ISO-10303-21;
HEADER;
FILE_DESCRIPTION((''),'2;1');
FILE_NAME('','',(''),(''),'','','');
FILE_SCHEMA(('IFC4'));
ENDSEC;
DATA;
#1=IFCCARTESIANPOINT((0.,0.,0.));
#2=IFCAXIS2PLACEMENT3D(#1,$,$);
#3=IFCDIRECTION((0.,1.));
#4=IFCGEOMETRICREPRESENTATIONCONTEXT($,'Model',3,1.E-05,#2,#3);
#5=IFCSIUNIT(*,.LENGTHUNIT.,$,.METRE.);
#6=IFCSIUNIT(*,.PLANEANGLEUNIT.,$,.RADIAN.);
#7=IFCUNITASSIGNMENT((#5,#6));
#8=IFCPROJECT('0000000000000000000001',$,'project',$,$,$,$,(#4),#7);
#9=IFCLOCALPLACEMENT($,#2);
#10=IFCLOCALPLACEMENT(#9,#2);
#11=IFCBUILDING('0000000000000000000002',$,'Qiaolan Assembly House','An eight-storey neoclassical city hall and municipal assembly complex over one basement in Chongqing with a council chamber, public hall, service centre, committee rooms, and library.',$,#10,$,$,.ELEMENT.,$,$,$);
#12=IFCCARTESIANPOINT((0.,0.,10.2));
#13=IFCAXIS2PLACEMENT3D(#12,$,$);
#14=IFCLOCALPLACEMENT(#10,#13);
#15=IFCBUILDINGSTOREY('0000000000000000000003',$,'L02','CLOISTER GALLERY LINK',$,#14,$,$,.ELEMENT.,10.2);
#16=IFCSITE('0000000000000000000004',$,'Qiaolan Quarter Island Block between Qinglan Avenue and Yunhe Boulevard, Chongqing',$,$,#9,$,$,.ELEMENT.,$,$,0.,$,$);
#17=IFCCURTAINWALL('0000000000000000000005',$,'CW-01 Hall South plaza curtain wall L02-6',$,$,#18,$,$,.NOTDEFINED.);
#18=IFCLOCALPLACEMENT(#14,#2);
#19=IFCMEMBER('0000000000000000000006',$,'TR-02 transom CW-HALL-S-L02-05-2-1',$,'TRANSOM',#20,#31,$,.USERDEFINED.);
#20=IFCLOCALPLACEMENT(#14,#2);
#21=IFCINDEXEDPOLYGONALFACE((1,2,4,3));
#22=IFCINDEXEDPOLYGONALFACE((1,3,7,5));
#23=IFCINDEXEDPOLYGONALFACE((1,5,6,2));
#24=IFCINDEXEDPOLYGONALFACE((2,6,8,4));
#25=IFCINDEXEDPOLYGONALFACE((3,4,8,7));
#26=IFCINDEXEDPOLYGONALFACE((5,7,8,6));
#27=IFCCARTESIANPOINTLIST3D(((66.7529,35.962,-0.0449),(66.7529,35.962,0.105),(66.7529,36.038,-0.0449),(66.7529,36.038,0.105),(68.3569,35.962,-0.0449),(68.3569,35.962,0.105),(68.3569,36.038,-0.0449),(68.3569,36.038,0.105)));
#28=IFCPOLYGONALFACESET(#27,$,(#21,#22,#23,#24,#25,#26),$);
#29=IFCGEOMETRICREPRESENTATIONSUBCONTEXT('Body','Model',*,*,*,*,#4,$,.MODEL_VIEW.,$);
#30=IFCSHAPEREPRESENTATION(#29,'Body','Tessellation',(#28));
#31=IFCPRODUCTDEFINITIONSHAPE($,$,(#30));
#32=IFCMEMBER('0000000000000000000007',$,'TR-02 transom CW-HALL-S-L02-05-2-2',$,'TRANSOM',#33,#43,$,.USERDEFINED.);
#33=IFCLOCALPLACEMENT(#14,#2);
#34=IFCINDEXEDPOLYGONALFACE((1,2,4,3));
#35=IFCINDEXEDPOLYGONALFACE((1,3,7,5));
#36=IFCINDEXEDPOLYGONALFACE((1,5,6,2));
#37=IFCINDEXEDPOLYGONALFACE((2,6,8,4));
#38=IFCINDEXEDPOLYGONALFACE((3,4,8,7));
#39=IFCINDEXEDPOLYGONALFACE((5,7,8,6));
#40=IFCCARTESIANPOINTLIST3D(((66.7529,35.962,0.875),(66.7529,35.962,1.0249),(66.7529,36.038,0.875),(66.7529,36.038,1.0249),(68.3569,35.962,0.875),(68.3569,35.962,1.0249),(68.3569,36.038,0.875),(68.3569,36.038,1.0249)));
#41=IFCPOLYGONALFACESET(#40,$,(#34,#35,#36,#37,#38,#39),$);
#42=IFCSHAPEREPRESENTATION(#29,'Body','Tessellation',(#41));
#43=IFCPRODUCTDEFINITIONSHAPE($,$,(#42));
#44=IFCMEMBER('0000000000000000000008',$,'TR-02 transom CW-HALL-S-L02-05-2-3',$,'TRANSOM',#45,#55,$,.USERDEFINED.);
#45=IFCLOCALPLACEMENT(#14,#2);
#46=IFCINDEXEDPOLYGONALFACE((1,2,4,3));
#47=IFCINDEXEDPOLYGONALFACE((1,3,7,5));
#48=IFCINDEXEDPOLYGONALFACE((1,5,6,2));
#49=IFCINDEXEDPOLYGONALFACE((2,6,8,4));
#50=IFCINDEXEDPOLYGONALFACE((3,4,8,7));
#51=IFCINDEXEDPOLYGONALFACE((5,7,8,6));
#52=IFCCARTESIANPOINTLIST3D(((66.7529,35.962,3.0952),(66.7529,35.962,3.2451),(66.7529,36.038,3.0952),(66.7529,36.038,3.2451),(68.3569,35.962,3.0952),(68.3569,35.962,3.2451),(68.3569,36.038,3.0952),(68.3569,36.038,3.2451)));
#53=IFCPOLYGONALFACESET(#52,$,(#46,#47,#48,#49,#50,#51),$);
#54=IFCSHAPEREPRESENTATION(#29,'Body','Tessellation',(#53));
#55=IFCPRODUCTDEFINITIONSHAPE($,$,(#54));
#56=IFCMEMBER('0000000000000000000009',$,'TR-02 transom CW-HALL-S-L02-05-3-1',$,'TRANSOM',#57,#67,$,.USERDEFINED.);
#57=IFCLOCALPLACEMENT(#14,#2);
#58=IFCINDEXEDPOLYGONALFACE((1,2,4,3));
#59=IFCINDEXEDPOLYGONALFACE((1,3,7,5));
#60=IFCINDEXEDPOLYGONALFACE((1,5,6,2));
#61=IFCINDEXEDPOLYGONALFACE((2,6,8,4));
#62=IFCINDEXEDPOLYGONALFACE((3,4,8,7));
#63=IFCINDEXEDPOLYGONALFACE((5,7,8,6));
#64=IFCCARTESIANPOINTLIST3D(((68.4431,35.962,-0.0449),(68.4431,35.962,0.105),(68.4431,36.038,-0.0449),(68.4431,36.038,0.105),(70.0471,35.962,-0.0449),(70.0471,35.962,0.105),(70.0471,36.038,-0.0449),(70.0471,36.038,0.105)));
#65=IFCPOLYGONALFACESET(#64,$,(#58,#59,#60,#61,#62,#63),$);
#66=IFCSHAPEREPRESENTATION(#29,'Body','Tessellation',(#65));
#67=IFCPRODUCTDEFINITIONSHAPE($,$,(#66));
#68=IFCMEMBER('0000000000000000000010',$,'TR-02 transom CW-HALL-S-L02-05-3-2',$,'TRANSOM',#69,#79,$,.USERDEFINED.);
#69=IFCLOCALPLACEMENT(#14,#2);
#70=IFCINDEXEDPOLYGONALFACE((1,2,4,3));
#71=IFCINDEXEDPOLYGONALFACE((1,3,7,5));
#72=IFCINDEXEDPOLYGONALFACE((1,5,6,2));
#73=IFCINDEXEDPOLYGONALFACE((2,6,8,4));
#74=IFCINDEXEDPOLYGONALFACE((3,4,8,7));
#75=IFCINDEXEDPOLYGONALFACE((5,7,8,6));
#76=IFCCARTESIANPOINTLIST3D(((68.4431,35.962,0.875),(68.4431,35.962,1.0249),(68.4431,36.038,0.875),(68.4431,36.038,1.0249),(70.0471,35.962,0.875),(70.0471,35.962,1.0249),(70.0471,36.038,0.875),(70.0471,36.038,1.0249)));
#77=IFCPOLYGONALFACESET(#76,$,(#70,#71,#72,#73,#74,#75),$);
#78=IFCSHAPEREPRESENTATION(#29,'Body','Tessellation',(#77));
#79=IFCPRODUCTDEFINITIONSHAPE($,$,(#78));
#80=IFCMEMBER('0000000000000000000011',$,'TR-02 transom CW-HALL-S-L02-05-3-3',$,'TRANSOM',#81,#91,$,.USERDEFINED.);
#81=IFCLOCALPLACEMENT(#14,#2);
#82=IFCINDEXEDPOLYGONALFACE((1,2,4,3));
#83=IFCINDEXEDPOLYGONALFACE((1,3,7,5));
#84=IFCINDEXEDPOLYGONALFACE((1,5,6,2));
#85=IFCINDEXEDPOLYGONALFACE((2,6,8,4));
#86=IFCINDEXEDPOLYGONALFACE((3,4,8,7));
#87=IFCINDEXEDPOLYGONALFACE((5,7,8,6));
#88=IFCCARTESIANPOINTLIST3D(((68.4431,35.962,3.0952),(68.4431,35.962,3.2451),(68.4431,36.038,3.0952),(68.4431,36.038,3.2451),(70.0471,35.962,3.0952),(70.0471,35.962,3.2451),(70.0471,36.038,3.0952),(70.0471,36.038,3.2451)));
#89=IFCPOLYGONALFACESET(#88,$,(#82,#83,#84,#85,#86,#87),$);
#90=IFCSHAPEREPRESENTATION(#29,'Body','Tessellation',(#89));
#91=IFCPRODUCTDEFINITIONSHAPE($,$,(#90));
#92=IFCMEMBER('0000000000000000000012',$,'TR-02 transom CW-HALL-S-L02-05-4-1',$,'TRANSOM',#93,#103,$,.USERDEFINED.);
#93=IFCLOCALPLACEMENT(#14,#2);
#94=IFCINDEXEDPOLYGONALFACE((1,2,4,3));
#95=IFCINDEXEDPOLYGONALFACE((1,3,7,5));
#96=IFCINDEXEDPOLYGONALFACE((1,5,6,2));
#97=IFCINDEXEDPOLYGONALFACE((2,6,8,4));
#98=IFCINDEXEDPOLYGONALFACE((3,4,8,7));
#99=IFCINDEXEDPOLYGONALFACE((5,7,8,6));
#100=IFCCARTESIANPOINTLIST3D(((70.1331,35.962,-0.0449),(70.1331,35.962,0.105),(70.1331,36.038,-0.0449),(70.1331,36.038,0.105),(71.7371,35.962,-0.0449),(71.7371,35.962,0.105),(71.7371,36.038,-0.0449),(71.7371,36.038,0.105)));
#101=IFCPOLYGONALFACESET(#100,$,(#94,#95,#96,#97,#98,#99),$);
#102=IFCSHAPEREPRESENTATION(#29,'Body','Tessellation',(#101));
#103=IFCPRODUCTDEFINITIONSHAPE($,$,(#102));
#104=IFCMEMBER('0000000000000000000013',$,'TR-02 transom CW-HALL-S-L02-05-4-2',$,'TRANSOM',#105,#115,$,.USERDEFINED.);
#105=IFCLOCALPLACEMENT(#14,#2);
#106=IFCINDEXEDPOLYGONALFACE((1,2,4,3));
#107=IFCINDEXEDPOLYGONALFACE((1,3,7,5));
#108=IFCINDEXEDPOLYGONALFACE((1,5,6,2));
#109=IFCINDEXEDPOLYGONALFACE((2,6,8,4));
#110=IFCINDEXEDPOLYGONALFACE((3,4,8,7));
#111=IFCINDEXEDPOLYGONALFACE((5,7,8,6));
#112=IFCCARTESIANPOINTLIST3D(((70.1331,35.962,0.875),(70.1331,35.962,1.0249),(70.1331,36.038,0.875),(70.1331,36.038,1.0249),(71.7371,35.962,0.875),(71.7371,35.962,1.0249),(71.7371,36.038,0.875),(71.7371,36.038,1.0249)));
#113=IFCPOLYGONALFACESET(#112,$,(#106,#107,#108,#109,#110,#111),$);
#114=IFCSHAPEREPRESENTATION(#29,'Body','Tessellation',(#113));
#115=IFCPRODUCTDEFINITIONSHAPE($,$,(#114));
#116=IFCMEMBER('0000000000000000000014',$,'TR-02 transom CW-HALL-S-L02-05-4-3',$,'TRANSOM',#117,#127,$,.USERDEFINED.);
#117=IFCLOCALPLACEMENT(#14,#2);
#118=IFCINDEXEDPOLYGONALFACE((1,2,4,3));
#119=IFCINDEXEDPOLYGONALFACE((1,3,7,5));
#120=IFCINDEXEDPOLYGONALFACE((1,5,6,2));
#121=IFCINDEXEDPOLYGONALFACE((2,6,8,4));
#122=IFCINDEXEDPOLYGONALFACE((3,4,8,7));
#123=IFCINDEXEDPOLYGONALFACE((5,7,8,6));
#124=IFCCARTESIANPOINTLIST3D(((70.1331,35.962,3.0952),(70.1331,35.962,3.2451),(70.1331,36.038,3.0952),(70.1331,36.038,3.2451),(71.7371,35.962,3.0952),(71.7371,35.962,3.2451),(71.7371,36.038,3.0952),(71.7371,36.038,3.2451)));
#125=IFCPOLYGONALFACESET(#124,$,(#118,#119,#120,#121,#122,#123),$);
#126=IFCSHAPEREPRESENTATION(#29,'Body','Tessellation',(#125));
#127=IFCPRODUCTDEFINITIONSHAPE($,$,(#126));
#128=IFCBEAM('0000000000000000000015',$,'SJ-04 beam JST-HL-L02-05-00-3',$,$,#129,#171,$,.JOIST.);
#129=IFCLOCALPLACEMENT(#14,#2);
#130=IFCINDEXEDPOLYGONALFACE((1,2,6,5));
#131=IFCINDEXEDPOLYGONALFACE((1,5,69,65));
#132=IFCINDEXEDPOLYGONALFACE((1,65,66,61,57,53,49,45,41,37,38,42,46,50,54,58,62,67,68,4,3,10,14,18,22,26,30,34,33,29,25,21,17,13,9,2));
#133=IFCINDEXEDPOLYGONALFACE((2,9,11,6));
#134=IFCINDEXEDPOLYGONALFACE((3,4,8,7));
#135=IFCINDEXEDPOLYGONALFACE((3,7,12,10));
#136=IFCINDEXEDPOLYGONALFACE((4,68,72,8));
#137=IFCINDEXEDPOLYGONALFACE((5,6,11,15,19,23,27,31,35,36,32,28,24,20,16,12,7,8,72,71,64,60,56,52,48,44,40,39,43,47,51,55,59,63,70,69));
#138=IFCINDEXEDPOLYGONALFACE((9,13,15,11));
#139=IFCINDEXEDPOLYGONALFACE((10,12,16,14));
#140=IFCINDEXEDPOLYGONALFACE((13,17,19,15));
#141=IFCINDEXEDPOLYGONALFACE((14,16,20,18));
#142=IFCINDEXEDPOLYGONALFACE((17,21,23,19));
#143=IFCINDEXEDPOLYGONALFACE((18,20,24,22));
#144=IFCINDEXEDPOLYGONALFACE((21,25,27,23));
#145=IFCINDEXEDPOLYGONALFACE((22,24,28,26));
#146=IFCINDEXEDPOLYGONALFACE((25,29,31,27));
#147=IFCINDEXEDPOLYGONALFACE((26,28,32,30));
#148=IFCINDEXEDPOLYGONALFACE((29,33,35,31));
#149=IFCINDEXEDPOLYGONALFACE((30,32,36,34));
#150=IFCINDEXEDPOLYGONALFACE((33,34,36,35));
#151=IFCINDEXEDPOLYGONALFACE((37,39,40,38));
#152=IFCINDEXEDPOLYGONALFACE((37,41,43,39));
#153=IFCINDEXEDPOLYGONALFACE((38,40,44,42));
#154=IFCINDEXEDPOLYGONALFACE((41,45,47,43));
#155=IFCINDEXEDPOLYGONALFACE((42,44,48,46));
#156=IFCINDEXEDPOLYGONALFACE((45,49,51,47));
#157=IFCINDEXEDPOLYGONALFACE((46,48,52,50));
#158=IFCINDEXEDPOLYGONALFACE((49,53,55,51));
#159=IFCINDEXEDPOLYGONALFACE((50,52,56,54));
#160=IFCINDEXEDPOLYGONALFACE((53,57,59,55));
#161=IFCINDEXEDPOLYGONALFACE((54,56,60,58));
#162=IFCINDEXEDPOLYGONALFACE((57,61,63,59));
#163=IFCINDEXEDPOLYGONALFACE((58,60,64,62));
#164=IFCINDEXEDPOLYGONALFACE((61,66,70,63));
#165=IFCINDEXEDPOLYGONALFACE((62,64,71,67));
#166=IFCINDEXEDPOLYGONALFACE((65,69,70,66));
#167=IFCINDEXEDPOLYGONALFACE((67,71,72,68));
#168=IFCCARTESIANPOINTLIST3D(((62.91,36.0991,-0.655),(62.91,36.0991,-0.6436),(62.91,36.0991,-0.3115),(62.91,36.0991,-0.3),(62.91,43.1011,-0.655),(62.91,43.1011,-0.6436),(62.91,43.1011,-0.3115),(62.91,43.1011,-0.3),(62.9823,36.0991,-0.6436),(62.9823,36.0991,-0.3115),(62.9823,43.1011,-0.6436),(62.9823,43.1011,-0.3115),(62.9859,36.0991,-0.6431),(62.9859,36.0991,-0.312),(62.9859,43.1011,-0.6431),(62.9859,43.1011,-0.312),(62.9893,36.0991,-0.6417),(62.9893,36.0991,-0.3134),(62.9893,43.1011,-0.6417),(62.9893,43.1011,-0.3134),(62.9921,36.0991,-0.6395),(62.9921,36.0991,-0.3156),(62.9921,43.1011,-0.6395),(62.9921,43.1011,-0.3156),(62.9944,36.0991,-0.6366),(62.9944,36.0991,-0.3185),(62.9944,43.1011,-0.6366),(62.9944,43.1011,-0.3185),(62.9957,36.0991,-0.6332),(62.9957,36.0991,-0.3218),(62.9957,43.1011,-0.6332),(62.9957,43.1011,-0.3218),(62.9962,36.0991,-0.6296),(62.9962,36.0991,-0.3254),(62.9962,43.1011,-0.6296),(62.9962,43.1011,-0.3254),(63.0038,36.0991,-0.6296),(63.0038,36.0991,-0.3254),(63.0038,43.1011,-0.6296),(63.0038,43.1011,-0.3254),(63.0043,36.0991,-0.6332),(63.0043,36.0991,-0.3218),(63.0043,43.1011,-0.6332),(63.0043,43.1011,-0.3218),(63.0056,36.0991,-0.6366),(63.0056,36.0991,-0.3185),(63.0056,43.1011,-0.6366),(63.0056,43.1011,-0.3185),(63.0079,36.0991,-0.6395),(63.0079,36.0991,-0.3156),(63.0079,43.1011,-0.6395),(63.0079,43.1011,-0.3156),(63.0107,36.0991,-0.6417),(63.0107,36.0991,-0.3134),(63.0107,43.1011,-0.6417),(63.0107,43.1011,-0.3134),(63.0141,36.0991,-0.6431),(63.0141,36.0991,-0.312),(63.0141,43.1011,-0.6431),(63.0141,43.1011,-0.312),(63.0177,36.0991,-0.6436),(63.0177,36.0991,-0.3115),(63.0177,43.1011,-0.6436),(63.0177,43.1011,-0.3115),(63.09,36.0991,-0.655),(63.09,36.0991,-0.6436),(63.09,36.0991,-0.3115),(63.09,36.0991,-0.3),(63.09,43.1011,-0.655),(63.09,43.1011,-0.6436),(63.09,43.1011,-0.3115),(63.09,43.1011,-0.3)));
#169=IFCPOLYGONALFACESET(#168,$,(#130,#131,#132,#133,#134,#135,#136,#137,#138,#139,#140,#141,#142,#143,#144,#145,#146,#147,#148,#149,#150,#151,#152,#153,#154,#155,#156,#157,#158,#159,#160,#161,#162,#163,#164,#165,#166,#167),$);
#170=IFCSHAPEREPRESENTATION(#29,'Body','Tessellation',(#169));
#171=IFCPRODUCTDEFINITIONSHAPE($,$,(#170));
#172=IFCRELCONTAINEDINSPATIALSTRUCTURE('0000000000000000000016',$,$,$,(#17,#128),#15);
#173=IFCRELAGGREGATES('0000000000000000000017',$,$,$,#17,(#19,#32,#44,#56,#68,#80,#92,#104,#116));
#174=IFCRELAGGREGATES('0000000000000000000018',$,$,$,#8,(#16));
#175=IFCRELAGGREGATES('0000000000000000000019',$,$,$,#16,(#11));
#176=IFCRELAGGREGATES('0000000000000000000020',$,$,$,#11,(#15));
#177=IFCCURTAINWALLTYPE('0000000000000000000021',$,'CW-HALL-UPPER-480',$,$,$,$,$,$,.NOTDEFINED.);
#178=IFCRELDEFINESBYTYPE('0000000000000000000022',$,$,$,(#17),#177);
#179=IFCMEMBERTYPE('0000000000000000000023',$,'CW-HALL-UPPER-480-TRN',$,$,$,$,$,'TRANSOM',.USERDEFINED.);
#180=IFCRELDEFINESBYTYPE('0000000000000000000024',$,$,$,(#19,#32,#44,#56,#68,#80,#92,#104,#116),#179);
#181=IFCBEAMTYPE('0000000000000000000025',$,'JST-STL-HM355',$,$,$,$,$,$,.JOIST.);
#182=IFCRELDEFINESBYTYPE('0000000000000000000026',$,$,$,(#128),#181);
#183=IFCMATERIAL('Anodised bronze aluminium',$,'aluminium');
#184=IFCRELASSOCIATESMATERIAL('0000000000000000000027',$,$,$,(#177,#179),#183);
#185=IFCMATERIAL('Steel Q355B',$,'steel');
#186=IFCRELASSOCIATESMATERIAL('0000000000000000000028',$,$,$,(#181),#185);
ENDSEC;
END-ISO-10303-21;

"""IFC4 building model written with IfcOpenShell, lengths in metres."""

from ifc_helpers import new_model, si_unit, direction, frame, origin, origin_2d, place, context, subcontext, project, spatial, rectangle, i_section, extrude, material, material_profile, profile_set, type_object, element, aggregate, save


model = new_model("IFC4")

# Units and contexts
model_context = context("Model", 3, precision=1e-05, world=origin(), true_north=direction((0.0, 1.0)))
body_context = subcontext(model_context, "Body", "Model", "MODEL_VIEW")
ifc_project = project(units=[si_unit("LENGTHUNIT", "METRE"), si_unit("PLANEANGLEUNIT", "RADIAN")], contexts=[model_context])

# Site, building, storey
site_placement = place(None, origin())
site = spatial("IfcSite", under=ifc_project, at=site_placement, Name="Qiaolan Quarter Island Block between Qinglan Avenue and Yunhe Boulevard, Chongqing", CompositionType="ELEMENT", RefElevation=0.0)
building_placement = place(site_placement, origin())
building = spatial("IfcBuilding", under=site, at=building_placement, Name="Qiaolan Assembly House", Description="An eight-storey neoclassical city hall and municipal assembly complex over one basement in Chongqing with a council chamber, public hall, service centre, committee rooms, and library.", CompositionType="ELEMENT")
storey_placement = place(building_placement, frame((0.0, 0.0, 10.2)))
storey = spatial("IfcBuildingStorey", under=building, at=storey_placement, Name="L02", Description="CLOISTER GALLERY LINK", CompositionType="ELEMENT", Elevation=10.2)

# Shared definitions
ifc_material_1 = material(Name="Steel Q355B", Category="steel")

# Curtain wall, members
ifc_material_2 = material(Name="Anodised bronze aluminium", Category="aluminium")
curtain_wall_type = type_object("IfcCurtainWallType", Name="CW-HALL-UPPER-480", PredefinedType="NOTDEFINED", material=ifc_material_2)
curtain_wall_placement = place(storey_placement, origin())
curtain_wall = element("IfcCurtainWall", 1, at=curtain_wall_placement, inside=storey, type_object=curtain_wall_type, Name="CW-01 Hall South plaza curtain wall L02-6", PredefinedType="NOTDEFINED")
ifc_material_profile_1 = material_profile(ifc_material_2, rectangle(XDim=0.0759, YDim=0.1499, at=origin_2d()), Name="TRN 76x150")
ifc_profile_set_1 = profile_set([ifc_material_profile_1], Name="Anodised bronze aluminium")
member_type_1 = type_object("IfcMemberType", Name="CW-HALL-UPPER-480-TRN", ElementType="TRANSOM", PredefinedType="USERDEFINED", material=ifc_profile_set_1)
member_1_placement = place(storey_placement, frame((66.7529, 36.0, 0.03), z_axis=(1.0, 0.0, 0.0), x_axis=(0.0, 1.0, 0.0)))
member_1 = element("IfcMember", 2, at=member_1_placement, type_object=member_type_1, Name="TR-02 transom CW-HALL-S-L02-05-2-1", ObjectType="TRANSOM", PredefinedType="USERDEFINED", context=body_context, shape_type="SweptSolid", body=[
    extrude(rectangle(XDim=0.0759, YDim=0.1499, at=origin_2d()), origin(), (0.0, 0.0, 1.0), 1.604),
])
member_2_placement = place(storey_placement, frame((66.7529, 36.0, 0.95), z_axis=(1.0, 0.0, 0.0), x_axis=(0.0, 1.0, 0.0)))
member_2 = element("IfcMember", 3, at=member_2_placement, type_object=member_type_1, Name="TR-02 transom CW-HALL-S-L02-05-2-2", ObjectType="TRANSOM", PredefinedType="USERDEFINED", context=body_context, shape_type="SweptSolid", body=[
    extrude(rectangle(XDim=0.0759, YDim=0.1499, at=origin_2d()), origin(), (0.0, 0.0, 1.0), 1.604),
])
member_3_placement = place(storey_placement, frame((66.7529, 36.0, 3.1702), z_axis=(1.0, 0.0, 0.0), x_axis=(0.0, 1.0, 0.0)))
member_3 = element("IfcMember", 4, at=member_3_placement, type_object=member_type_1, Name="TR-02 transom CW-HALL-S-L02-05-2-3", ObjectType="TRANSOM", PredefinedType="USERDEFINED", context=body_context, shape_type="SweptSolid", body=[
    extrude(rectangle(XDim=0.0759, YDim=0.1499, at=origin_2d()), origin(), (0.0, 0.0, 1.0), 1.604),
])
member_4_placement = place(storey_placement, frame((68.4431, 36.0, 0.03), z_axis=(1.0, 0.0, 0.0), x_axis=(0.0, 1.0, 0.0)))
member_4 = element("IfcMember", 5, at=member_4_placement, type_object=member_type_1, Name="TR-02 transom CW-HALL-S-L02-05-3-1", ObjectType="TRANSOM", PredefinedType="USERDEFINED", context=body_context, shape_type="SweptSolid", body=[
    extrude(rectangle(XDim=0.0759, YDim=0.1499, at=origin_2d()), origin(), (0.0, 0.0, 1.0), 1.604),
])
member_5_placement = place(storey_placement, frame((68.4431, 36.0, 0.95), z_axis=(1.0, 0.0, 0.0), x_axis=(0.0, 1.0, 0.0)))
member_5 = element("IfcMember", 6, at=member_5_placement, type_object=member_type_1, Name="TR-02 transom CW-HALL-S-L02-05-3-2", ObjectType="TRANSOM", PredefinedType="USERDEFINED", context=body_context, shape_type="SweptSolid", body=[
    extrude(rectangle(XDim=0.0759, YDim=0.1499, at=origin_2d()), origin(), (0.0, 0.0, 1.0), 1.604),
])
member_6_placement = place(storey_placement, frame((68.4431, 36.0, 3.1702), z_axis=(1.0, 0.0, 0.0), x_axis=(0.0, 1.0, 0.0)))
member_6 = element("IfcMember", 7, at=member_6_placement, type_object=member_type_1, Name="TR-02 transom CW-HALL-S-L02-05-3-3", ObjectType="TRANSOM", PredefinedType="USERDEFINED", context=body_context, shape_type="SweptSolid", body=[
    extrude(rectangle(XDim=0.0759, YDim=0.1499, at=origin_2d()), origin(), (0.0, 0.0, 1.0), 1.604),
])
member_7_placement = place(storey_placement, frame((70.1331, 36.0, 0.03), z_axis=(1.0, 0.0, 0.0), x_axis=(0.0, 1.0, 0.0)))
member_7 = element("IfcMember", 8, at=member_7_placement, type_object=member_type_1, Name="TR-02 transom CW-HALL-S-L02-05-4-1", ObjectType="TRANSOM", PredefinedType="USERDEFINED", context=body_context, shape_type="SweptSolid", body=[
    extrude(rectangle(XDim=0.0759, YDim=0.1499, at=origin_2d()), origin(), (0.0, 0.0, 1.0), 1.604),
])
member_8_placement = place(storey_placement, frame((70.1331, 36.0, 0.95), z_axis=(1.0, 0.0, 0.0), x_axis=(0.0, 1.0, 0.0)))
member_8 = element("IfcMember", 9, at=member_8_placement, type_object=member_type_1, Name="TR-02 transom CW-HALL-S-L02-05-4-2", ObjectType="TRANSOM", PredefinedType="USERDEFINED", context=body_context, shape_type="SweptSolid", body=[
    extrude(rectangle(XDim=0.0759, YDim=0.1499, at=origin_2d()), origin(), (0.0, 0.0, 1.0), 1.604),
])
member_9_placement = place(storey_placement, frame((70.1331, 36.0, 3.1702), z_axis=(1.0, 0.0, 0.0), x_axis=(0.0, 1.0, 0.0)))
member_9 = element("IfcMember", 10, at=member_9_placement, type_object=member_type_1, Name="TR-02 transom CW-HALL-S-L02-05-4-3", ObjectType="TRANSOM", PredefinedType="USERDEFINED", context=body_context, shape_type="SweptSolid", body=[
    extrude(rectangle(XDim=0.0759, YDim=0.1499, at=origin_2d()), origin(), (0.0, 0.0, 1.0), 1.604),
])

# Beam
ifc_material_profile_2 = material_profile(ifc_material_1, i_section(OverallWidth=0.1799, OverallDepth=0.355, WebThickness=0.0076, FlangeThickness=0.0115, FilletRadius=0.0139, at=origin_2d()), Name="HM 355x180x7.5x11.5")
ifc_profile_set_2 = profile_set([ifc_material_profile_2], Name="Steel Q355B")
beam_type_1 = type_object("IfcBeamType", Name="JST-STL-HM355", PredefinedType="JOIST", material=ifc_profile_set_2)
for number, where, z_axis, x_axis, name in (
    (11, (63.0, 36.0991, -0.4775), (0.0, 1.0, 0.0), (-1.0, 0.0, 0.0), "SJ-04 beam JST-HL-L02-05-00-3"),
):
    element("IfcBeam", number, at=place(storey_placement, frame(where, z_axis=z_axis, x_axis=x_axis)), inside=storey, type_object=beam_type_1, Name=name, PredefinedType="JOIST", context=body_context, shape_type="SweptSolid", body=[
        extrude(i_section(OverallWidth=0.1799, OverallDepth=0.355, WebThickness=0.0076, FlangeThickness=0.0115, FilletRadius=0.0139, at=origin_2d()), origin(), (0.0, 0.0, 1.0), 7.002),
    ])

aggregate(curtain_wall, [member_1, member_2, member_3, member_4, member_5, member_6, member_7, member_8, member_9])

save(model, "model.ifc")
